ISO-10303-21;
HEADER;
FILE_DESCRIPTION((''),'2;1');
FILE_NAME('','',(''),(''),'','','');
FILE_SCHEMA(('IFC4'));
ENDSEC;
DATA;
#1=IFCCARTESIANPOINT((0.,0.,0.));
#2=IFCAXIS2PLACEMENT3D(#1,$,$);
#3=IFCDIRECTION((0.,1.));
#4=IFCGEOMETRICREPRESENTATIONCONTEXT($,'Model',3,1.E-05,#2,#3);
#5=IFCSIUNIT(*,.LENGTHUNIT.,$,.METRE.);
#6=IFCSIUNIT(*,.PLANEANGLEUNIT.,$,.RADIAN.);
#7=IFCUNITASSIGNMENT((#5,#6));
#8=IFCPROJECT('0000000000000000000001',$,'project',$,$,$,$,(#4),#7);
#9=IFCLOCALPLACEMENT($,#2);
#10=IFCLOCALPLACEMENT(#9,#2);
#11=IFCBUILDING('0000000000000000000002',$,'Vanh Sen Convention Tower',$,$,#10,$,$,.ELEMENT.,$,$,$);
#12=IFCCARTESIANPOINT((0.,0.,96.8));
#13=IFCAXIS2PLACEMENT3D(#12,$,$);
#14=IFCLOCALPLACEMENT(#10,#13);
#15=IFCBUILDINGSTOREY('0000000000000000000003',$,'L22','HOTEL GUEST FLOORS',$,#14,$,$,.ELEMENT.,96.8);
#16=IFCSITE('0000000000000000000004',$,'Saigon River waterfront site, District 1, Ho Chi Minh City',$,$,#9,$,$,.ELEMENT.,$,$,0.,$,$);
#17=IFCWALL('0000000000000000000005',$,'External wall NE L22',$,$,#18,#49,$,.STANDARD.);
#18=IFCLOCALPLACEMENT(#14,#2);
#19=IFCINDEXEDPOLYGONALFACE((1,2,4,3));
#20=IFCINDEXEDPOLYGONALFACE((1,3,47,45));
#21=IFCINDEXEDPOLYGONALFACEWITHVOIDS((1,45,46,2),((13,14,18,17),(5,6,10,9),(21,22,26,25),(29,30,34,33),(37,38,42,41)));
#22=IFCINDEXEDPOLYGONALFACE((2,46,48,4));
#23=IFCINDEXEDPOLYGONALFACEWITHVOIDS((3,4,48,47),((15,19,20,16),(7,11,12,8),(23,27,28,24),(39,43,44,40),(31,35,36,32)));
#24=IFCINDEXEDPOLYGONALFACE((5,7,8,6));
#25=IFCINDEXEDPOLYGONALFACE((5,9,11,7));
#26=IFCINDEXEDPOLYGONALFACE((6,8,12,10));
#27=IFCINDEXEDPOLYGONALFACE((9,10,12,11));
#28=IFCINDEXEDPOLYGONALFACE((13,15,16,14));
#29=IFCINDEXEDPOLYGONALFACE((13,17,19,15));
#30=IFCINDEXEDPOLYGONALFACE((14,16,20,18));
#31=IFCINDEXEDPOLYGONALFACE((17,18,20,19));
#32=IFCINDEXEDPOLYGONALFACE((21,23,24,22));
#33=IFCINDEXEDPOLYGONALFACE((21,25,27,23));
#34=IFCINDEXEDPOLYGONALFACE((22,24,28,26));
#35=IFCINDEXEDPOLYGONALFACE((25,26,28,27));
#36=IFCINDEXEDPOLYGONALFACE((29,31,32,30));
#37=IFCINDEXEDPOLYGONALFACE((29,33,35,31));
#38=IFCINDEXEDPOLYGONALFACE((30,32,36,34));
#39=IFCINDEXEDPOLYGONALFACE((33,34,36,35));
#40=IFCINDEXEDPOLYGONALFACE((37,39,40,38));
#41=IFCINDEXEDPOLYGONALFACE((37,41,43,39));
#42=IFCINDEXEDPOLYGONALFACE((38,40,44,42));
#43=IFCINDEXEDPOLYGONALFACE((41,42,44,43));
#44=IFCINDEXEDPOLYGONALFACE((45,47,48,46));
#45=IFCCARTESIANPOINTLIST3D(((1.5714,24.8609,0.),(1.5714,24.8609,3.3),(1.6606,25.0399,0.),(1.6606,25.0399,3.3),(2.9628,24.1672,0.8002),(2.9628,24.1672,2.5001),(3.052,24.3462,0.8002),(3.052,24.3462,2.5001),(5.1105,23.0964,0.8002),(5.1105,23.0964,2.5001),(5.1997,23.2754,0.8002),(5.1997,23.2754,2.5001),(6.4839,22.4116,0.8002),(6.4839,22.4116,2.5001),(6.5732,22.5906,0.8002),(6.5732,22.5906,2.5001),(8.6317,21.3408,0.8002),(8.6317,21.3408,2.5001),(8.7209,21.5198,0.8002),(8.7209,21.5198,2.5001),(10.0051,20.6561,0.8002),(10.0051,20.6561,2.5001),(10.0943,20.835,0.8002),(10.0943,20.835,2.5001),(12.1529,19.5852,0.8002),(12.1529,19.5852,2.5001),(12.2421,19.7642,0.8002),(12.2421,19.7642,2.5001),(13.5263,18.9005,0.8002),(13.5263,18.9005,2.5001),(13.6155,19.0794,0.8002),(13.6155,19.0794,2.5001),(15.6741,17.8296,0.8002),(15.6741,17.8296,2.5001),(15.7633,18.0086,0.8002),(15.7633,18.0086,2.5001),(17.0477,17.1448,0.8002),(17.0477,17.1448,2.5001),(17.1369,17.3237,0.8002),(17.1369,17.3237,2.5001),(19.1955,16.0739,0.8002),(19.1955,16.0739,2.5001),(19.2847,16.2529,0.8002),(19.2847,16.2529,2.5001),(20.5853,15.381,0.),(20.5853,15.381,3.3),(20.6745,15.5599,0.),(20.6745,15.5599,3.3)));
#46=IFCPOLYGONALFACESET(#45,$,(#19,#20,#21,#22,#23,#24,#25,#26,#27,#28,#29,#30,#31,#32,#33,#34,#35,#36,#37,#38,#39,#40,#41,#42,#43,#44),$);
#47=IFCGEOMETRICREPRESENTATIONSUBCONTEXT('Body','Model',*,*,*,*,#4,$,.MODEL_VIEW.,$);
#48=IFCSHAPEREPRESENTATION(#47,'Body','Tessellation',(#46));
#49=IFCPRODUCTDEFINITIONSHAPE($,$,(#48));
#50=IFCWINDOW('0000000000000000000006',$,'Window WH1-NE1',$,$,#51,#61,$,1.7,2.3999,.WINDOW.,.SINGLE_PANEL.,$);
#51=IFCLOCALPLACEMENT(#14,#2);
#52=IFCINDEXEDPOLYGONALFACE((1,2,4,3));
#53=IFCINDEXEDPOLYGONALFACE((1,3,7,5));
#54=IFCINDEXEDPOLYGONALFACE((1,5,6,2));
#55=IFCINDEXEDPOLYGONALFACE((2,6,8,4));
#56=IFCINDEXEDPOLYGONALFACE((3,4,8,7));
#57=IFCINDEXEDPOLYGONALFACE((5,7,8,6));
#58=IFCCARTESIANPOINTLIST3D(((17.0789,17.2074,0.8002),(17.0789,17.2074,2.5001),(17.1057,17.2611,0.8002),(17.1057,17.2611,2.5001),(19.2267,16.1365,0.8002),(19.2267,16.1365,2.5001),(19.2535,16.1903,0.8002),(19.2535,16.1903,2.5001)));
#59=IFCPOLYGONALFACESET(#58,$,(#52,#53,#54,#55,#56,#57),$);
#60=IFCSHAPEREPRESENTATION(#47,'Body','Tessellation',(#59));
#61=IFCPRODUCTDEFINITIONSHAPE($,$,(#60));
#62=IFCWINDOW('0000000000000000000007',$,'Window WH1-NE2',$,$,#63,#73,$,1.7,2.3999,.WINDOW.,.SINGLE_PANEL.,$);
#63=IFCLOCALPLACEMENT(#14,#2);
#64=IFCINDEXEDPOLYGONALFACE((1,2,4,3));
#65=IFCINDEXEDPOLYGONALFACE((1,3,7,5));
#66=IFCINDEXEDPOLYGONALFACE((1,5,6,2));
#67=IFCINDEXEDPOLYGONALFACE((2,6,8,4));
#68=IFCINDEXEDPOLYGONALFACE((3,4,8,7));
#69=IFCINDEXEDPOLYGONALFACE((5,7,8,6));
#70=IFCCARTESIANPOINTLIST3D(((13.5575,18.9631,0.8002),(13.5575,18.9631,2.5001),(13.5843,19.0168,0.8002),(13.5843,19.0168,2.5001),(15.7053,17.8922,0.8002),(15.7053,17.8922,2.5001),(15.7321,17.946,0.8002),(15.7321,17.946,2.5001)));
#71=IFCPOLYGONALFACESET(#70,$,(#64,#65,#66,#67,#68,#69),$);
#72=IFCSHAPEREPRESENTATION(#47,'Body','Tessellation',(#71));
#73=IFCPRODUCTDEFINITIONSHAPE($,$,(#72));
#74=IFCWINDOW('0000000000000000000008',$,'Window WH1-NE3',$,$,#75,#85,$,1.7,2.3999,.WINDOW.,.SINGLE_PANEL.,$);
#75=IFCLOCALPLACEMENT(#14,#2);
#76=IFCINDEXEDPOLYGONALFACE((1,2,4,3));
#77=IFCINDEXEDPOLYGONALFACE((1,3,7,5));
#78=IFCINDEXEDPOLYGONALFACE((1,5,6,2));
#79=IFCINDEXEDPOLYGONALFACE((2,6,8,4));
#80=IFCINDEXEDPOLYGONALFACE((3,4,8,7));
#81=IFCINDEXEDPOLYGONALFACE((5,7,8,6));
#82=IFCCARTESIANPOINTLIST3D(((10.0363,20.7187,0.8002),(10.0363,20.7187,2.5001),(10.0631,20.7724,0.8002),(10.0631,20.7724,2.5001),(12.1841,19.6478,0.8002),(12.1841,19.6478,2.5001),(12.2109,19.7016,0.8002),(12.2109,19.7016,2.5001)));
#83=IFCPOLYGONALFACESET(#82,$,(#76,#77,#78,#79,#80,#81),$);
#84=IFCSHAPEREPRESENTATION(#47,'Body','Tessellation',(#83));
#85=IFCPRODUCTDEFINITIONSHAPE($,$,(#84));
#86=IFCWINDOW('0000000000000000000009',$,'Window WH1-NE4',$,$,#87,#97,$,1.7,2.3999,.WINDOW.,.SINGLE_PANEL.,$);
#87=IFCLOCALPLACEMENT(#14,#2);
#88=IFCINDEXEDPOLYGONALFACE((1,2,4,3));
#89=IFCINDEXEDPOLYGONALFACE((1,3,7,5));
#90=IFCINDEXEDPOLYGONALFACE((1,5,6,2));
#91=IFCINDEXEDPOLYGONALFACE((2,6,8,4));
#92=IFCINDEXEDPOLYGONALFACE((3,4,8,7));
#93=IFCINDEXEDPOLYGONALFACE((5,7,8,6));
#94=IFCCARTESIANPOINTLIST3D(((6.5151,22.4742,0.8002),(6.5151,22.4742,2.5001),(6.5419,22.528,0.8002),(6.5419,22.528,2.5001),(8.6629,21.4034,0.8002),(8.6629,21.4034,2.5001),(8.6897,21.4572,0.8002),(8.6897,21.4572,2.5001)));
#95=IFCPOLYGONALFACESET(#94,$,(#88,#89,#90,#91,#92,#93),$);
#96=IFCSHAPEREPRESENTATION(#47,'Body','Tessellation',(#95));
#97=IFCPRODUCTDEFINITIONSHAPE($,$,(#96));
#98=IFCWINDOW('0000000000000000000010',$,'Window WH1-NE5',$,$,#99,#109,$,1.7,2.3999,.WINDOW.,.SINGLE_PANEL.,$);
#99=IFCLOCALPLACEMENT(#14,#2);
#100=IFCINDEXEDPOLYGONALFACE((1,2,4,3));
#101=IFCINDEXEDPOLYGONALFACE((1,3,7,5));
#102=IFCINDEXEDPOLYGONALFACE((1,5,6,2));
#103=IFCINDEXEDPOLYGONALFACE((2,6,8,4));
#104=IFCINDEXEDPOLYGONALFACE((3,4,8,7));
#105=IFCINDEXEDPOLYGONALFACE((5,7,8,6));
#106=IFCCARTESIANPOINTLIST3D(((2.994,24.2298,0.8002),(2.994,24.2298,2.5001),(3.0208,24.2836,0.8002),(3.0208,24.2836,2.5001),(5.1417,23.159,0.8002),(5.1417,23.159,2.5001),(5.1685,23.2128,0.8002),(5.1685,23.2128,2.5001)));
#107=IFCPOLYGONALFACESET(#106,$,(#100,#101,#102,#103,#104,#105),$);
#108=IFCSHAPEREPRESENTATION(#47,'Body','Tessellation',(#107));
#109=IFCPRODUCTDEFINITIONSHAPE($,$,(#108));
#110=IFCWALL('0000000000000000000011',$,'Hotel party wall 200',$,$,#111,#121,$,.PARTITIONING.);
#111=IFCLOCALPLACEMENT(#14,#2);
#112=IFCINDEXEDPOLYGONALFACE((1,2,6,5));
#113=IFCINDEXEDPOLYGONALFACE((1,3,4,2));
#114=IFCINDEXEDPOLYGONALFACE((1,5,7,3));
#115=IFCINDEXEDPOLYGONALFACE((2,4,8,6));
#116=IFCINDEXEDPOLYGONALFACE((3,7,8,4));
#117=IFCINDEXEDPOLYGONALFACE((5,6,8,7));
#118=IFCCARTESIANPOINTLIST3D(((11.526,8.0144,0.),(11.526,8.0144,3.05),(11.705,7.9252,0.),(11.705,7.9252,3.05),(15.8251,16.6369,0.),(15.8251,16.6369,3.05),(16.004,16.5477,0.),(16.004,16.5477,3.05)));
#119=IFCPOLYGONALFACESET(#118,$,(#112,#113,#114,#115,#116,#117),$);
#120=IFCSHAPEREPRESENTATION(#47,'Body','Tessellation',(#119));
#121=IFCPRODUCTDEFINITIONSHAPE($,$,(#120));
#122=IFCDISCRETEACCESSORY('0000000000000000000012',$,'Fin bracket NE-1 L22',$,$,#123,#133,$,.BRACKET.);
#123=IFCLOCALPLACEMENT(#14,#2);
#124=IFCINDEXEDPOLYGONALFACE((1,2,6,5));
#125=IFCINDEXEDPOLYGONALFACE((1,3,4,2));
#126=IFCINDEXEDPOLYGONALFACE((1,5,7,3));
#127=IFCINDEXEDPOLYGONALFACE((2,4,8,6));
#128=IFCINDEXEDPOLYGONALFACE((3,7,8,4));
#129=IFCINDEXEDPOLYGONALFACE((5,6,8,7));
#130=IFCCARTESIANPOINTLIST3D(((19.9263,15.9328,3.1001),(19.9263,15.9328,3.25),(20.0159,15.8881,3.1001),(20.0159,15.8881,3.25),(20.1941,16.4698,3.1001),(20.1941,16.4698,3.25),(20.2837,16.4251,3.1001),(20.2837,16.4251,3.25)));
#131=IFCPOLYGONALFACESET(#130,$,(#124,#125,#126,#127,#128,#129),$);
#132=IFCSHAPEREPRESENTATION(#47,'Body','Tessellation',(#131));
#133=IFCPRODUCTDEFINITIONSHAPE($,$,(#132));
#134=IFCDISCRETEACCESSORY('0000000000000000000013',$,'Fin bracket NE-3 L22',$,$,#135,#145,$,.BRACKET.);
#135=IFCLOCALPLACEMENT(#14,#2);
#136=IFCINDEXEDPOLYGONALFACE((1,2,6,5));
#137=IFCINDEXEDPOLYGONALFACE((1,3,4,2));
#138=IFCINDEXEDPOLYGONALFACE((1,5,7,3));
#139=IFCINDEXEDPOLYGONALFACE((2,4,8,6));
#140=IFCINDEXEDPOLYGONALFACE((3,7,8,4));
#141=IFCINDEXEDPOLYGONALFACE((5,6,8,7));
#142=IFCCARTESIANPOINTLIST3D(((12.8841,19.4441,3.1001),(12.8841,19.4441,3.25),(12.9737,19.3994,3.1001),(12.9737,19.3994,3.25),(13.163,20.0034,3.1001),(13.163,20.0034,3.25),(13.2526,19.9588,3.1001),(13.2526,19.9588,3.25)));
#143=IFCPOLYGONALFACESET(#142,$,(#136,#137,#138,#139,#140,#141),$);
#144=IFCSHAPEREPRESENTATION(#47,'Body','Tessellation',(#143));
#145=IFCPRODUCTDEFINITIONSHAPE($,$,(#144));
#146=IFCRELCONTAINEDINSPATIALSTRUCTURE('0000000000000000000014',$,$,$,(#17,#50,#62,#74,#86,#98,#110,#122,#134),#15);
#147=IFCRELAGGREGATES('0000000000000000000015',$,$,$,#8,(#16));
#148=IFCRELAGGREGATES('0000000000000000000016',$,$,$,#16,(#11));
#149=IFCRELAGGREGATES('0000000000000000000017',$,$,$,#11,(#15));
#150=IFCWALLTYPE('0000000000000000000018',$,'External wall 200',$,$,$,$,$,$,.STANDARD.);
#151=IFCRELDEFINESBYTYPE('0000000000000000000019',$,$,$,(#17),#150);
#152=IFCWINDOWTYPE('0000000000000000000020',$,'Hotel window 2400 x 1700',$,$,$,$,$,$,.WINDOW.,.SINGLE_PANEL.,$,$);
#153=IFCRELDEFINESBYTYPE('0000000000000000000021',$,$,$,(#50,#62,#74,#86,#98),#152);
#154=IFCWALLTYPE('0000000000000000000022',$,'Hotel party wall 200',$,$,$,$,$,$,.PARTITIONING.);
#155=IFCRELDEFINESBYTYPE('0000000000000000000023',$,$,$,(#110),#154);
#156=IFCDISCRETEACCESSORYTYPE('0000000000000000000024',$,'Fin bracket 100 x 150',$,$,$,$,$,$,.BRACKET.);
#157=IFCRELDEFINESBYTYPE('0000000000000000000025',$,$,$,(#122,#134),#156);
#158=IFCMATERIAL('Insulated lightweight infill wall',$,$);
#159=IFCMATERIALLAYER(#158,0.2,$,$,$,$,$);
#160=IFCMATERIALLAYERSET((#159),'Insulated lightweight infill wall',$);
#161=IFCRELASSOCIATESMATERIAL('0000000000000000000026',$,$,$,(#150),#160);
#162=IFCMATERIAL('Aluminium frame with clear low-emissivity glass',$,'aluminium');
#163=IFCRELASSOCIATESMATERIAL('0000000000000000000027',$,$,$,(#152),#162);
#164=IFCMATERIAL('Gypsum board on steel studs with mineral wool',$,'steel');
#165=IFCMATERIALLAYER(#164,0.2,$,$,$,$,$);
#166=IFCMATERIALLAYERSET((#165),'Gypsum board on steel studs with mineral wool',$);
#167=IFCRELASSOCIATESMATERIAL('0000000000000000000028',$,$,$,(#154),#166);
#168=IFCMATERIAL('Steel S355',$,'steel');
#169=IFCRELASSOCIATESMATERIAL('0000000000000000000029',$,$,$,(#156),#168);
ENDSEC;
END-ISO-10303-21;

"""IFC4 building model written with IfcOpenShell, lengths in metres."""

from ifc_helpers import new_model, si_unit, direction, frame, frame_2d, origin, origin_2d, place, context, subcontext, project, spatial, rectangle, extrude, material, layer, layer_set, type_object, element, fill, save


model = new_model("IFC4")

# Units and contexts
model_context = context("Model", 3, precision=1e-05, world=origin(), true_north=direction((0.0, 1.0)))
body_context = subcontext(model_context, "Body", "Model", "MODEL_VIEW")
ifc_project = project(units=[si_unit("LENGTHUNIT", "METRE"), si_unit("PLANEANGLEUNIT", "RADIAN")], contexts=[model_context])

# Site, building, storey
site_placement = place(None, origin())
site = spatial("IfcSite", under=ifc_project, at=site_placement, Name="Saigon River waterfront site, District 1, Ho Chi Minh City", CompositionType="ELEMENT", RefElevation=0.0)
building_placement = place(site_placement, origin())
building = spatial("IfcBuilding", under=site, at=building_placement, Name="Vanh Sen Convention Tower", CompositionType="ELEMENT")
storey_placement = place(building_placement, frame((0.0, 0.0, 96.8)))
storey = spatial("IfcBuildingStorey", under=building, at=storey_placement, Name="L22", Description="HOTEL GUEST FLOORS", CompositionType="ELEMENT", Elevation=96.8)

# Shared definitions
ifc_material_1 = material(Name="Insulated lightweight infill wall")
ifc_layer_1 = layer(ifc_material_1, 0.2)
ifc_layer_set_1 = layer_set([ifc_layer_1], Name="Insulated lightweight infill wall")
wall_type_1 = type_object("IfcWallType", Name="External wall 200", PredefinedType="STANDARD", material=ifc_layer_set_1)
ifc_material_2 = material(Name="Aluminium frame with clear low-emissivity glass", Category="aluminium")

# Wall, openings, windows
wall_1_placement = place(storey_placement, frame((20.6299, 15.4705, 0.0), z_axis=(0.0, 0.0, 1.0), x_axis=(-0.894935, 0.446197, 0.0)))
wall_1 = element("IfcWall", 1, at=wall_1_placement, inside=storey, type_object=wall_type_1, Name="External wall NE L22", PredefinedType="STANDARD", context=body_context, shape_type="SweptSolid", body=[
    extrude(rectangle(XDim=21.2461, YDim=0.2, at=frame_2d((10.623, 0.0))), origin(), (0.0, 0.0, 1.0), 3.3),
])
opening_1_placement = place(wall_1_placement, frame((1.553, 0.0, 0.8)))
opening_1 = element("IfcOpeningElement", 2, at=opening_1_placement, cuts=wall_1, PredefinedType="OPENING", context=body_context, shape_type="SweptSolid", body=[
    extrude(rectangle(XDim=2.3999, YDim=1.7, at=frame_2d((1.2, 0.8501))), frame((0.0, 0.1099, 0.0), z_axis=(0.0, -1.0, 0.0), x_axis=(1.0, 0.0, 0.0)), (0.0, 0.0, 1.0), 0.22),
])
opening_2_placement = place(wall_1_placement, frame((5.4878, 0.0, 0.8)))
opening_2 = element("IfcOpeningElement", 3, at=opening_2_placement, cuts=wall_1, PredefinedType="OPENING", context=body_context, shape_type="SweptSolid", body=[
    extrude(rectangle(XDim=2.3999, YDim=1.7, at=frame_2d((1.2, 0.8501))), frame((0.0, 0.1099, 0.0), z_axis=(0.0, -1.0, 0.0), x_axis=(1.0, 0.0, 0.0)), (0.0, 0.0, 1.0), 0.22),
])
opening_3_placement = place(wall_1_placement, frame((9.4224, 0.0, 0.8)))
opening_3 = element("IfcOpeningElement", 4, at=opening_3_placement, cuts=wall_1, PredefinedType="OPENING", context=body_context, shape_type="SweptSolid", body=[
    extrude(rectangle(XDim=2.3999, YDim=1.7, at=frame_2d((1.2, 0.8501))), frame((0.0, 0.1099, 0.0), z_axis=(0.0, -1.0, 0.0), x_axis=(1.0, 0.0, 0.0)), (0.0, 0.0, 1.0), 0.22),
])
opening_4_placement = place(wall_1_placement, frame((13.3569, 0.0, 0.8)))
opening_4 = element("IfcOpeningElement", 5, at=opening_4_placement, cuts=wall_1, PredefinedType="OPENING", context=body_context, shape_type="SweptSolid", body=[
    extrude(rectangle(XDim=2.3999, YDim=1.7, at=frame_2d((1.2, 0.8501))), frame((0.0, 0.1099, 0.0), z_axis=(0.0, -1.0, 0.0), x_axis=(1.0, 0.0, 0.0)), (0.0, 0.0, 1.0), 0.22),
])
opening_5_placement = place(wall_1_placement, frame((17.2915, 0.0, 0.8)))
opening_5 = element("IfcOpeningElement", 6, at=opening_5_placement, cuts=wall_1, PredefinedType="OPENING", context=body_context, shape_type="SweptSolid", body=[
    extrude(rectangle(XDim=2.3999, YDim=1.7, at=frame_2d((1.2, 0.8501))), frame((0.0, 0.1099, 0.0), z_axis=(0.0, -1.0, 0.0), x_axis=(1.0, 0.0, 0.0)), (0.0, 0.0, 1.0), 0.22),
])
window_type_1 = type_object("IfcWindowType", Name="Hotel window 2400 x 1700", PartitioningType="SINGLE_PANEL", PredefinedType="WINDOW", material=ifc_material_2)
window_1_placement = place(opening_1_placement, origin())
window_1 = element("IfcWindow", 7, at=window_1_placement, inside=storey, type_object=window_type_1, Name="Window WH1-NE1", OverallHeight=1.7, OverallWidth=2.3999, PartitioningType="SINGLE_PANEL", PredefinedType="WINDOW", context=body_context, shape_type="SweptSolid", body=[
    extrude(rectangle(XDim=2.3999, YDim=1.7, at=frame_2d((1.2, 0.8501))), frame((0.0, 0.03, 0.0), z_axis=(0.0, -1.0, 0.0), x_axis=(1.0, 0.0, 0.0)), (0.0, 0.0, 1.0), 0.0601),
])
fill(opening_1, window_1)
window_2_placement = place(opening_2_placement, origin())
window_2 = element("IfcWindow", 8, at=window_2_placement, inside=storey, type_object=window_type_1, Name="Window WH1-NE2", OverallHeight=1.7, OverallWidth=2.3999, PartitioningType="SINGLE_PANEL", PredefinedType="WINDOW", context=body_context, shape_type="SweptSolid", body=[
    extrude(rectangle(XDim=2.3999, YDim=1.7, at=frame_2d((1.2, 0.8501))), frame((0.0, 0.03, 0.0), z_axis=(0.0, -1.0, 0.0), x_axis=(1.0, 0.0, 0.0)), (0.0, 0.0, 1.0), 0.0601),
])
fill(opening_2, window_2)
window_3_placement = place(opening_3_placement, origin())
window_3 = element("IfcWindow", 9, at=window_3_placement, inside=storey, type_object=window_type_1, Name="Window WH1-NE3", OverallHeight=1.7, OverallWidth=2.3999, PartitioningType="SINGLE_PANEL", PredefinedType="WINDOW", context=body_context, shape_type="SweptSolid", body=[
    extrude(rectangle(XDim=2.3999, YDim=1.7, at=frame_2d((1.2, 0.8501))), frame((0.0, 0.03, 0.0), z_axis=(0.0, -1.0, 0.0), x_axis=(1.0, 0.0, 0.0)), (0.0, 0.0, 1.0), 0.0601),
])
fill(opening_3, window_3)
window_4_placement = place(opening_4_placement, origin())
window_4 = element("IfcWindow", 10, at=window_4_placement, inside=storey, type_object=window_type_1, Name="Window WH1-NE4", OverallHeight=1.7, OverallWidth=2.3999, PartitioningType="SINGLE_PANEL", PredefinedType="WINDOW", context=body_context, shape_type="SweptSolid", body=[
    extrude(rectangle(XDim=2.3999, YDim=1.7, at=frame_2d((1.2, 0.8501))), frame((0.0, 0.03, 0.0), z_axis=(0.0, -1.0, 0.0), x_axis=(1.0, 0.0, 0.0)), (0.0, 0.0, 1.0), 0.0601),
])
fill(opening_4, window_4)
window_5_placement = place(opening_5_placement, origin())
window_5 = element("IfcWindow", 11, at=window_5_placement, inside=storey, type_object=window_type_1, Name="Window WH1-NE5", OverallHeight=1.7, OverallWidth=2.3999, PartitioningType="SINGLE_PANEL", PredefinedType="WINDOW", context=body_context, shape_type="SweptSolid", body=[
    extrude(rectangle(XDim=2.3999, YDim=1.7, at=frame_2d((1.2, 0.8501))), frame((0.0, 0.03, 0.0), z_axis=(0.0, -1.0, 0.0), x_axis=(1.0, 0.0, 0.0)), (0.0, 0.0, 1.0), 0.0601),
])
fill(opening_5, window_5)

# Wall
ifc_material_3 = material(Name="Gypsum board on steel studs with mineral wool", Category="steel")
ifc_layer_2 = layer(ifc_material_3, 0.2)
ifc_layer_set_2 = layer_set([ifc_layer_2], Name="Gypsum board on steel studs with mineral wool")
wall_type_2 = type_object("IfcWallType", Name="Hotel party wall 200", PredefinedType="PARTITIONING", material=ifc_layer_set_2)
wall_2_placement = place(storey_placement, frame((15.9146, 16.5923, 0.0), z_axis=(0.0, 0.0, 1.0), x_axis=(-0.4462, -0.894933, 0.0)))
element("IfcWall", 12, at=wall_2_placement, inside=storey, type_object=wall_type_2, Name="Hotel party wall 200", PredefinedType="PARTITIONING", context=body_context, shape_type="SweptSolid", body=[
    extrude(rectangle(XDim=9.6348, YDim=0.2, at=frame_2d((4.8174, 0.0))), origin(), (0.0, 0.0, 1.0), 3.05),
])

# Discrete accessories
ifc_material_4 = material(Name="Steel S355", Category="steel")
discrete_accessory_type = type_object("IfcDiscreteAccessoryType", Name="Fin bracket 100 x 150", PredefinedType="BRACKET", material=ifc_material_4)
discrete_accessory_1_placement = place(storey_placement, frame((20.105, 16.179, 3.1001), z_axis=(0.0, 0.0, 1.0), x_axis=(0.446198, 0.894934, 0.0)))
element("IfcDiscreteAccessory", 13, at=discrete_accessory_1_placement, inside=storey, type_object=discrete_accessory_type, Name="Fin bracket NE-1 L22", PredefinedType="BRACKET", context=body_context, shape_type="SweptSolid", body=[
    extrude(rectangle(XDim=0.6001, YDim=0.1001, at=origin_2d()), origin(), (0.0, 0.0, 1.0), 0.1499),
])
discrete_accessory_2_placement = place(storey_placement, frame((13.0684, 19.7014, 3.1001), z_axis=(0.0, 0.0, 1.0), x_axis=(0.446198, 0.894934, 0.0)))
element("IfcDiscreteAccessory", 14, at=discrete_accessory_2_placement, inside=storey, type_object=discrete_accessory_type, Name="Fin bracket NE-3 L22", PredefinedType="BRACKET", context=body_context, shape_type="SweptSolid", body=[
    extrude(rectangle(XDim=0.625, YDim=0.1001, at=origin_2d()), origin(), (0.0, 0.0, 1.0), 0.1499),
])

save(model, "model.ifc")
